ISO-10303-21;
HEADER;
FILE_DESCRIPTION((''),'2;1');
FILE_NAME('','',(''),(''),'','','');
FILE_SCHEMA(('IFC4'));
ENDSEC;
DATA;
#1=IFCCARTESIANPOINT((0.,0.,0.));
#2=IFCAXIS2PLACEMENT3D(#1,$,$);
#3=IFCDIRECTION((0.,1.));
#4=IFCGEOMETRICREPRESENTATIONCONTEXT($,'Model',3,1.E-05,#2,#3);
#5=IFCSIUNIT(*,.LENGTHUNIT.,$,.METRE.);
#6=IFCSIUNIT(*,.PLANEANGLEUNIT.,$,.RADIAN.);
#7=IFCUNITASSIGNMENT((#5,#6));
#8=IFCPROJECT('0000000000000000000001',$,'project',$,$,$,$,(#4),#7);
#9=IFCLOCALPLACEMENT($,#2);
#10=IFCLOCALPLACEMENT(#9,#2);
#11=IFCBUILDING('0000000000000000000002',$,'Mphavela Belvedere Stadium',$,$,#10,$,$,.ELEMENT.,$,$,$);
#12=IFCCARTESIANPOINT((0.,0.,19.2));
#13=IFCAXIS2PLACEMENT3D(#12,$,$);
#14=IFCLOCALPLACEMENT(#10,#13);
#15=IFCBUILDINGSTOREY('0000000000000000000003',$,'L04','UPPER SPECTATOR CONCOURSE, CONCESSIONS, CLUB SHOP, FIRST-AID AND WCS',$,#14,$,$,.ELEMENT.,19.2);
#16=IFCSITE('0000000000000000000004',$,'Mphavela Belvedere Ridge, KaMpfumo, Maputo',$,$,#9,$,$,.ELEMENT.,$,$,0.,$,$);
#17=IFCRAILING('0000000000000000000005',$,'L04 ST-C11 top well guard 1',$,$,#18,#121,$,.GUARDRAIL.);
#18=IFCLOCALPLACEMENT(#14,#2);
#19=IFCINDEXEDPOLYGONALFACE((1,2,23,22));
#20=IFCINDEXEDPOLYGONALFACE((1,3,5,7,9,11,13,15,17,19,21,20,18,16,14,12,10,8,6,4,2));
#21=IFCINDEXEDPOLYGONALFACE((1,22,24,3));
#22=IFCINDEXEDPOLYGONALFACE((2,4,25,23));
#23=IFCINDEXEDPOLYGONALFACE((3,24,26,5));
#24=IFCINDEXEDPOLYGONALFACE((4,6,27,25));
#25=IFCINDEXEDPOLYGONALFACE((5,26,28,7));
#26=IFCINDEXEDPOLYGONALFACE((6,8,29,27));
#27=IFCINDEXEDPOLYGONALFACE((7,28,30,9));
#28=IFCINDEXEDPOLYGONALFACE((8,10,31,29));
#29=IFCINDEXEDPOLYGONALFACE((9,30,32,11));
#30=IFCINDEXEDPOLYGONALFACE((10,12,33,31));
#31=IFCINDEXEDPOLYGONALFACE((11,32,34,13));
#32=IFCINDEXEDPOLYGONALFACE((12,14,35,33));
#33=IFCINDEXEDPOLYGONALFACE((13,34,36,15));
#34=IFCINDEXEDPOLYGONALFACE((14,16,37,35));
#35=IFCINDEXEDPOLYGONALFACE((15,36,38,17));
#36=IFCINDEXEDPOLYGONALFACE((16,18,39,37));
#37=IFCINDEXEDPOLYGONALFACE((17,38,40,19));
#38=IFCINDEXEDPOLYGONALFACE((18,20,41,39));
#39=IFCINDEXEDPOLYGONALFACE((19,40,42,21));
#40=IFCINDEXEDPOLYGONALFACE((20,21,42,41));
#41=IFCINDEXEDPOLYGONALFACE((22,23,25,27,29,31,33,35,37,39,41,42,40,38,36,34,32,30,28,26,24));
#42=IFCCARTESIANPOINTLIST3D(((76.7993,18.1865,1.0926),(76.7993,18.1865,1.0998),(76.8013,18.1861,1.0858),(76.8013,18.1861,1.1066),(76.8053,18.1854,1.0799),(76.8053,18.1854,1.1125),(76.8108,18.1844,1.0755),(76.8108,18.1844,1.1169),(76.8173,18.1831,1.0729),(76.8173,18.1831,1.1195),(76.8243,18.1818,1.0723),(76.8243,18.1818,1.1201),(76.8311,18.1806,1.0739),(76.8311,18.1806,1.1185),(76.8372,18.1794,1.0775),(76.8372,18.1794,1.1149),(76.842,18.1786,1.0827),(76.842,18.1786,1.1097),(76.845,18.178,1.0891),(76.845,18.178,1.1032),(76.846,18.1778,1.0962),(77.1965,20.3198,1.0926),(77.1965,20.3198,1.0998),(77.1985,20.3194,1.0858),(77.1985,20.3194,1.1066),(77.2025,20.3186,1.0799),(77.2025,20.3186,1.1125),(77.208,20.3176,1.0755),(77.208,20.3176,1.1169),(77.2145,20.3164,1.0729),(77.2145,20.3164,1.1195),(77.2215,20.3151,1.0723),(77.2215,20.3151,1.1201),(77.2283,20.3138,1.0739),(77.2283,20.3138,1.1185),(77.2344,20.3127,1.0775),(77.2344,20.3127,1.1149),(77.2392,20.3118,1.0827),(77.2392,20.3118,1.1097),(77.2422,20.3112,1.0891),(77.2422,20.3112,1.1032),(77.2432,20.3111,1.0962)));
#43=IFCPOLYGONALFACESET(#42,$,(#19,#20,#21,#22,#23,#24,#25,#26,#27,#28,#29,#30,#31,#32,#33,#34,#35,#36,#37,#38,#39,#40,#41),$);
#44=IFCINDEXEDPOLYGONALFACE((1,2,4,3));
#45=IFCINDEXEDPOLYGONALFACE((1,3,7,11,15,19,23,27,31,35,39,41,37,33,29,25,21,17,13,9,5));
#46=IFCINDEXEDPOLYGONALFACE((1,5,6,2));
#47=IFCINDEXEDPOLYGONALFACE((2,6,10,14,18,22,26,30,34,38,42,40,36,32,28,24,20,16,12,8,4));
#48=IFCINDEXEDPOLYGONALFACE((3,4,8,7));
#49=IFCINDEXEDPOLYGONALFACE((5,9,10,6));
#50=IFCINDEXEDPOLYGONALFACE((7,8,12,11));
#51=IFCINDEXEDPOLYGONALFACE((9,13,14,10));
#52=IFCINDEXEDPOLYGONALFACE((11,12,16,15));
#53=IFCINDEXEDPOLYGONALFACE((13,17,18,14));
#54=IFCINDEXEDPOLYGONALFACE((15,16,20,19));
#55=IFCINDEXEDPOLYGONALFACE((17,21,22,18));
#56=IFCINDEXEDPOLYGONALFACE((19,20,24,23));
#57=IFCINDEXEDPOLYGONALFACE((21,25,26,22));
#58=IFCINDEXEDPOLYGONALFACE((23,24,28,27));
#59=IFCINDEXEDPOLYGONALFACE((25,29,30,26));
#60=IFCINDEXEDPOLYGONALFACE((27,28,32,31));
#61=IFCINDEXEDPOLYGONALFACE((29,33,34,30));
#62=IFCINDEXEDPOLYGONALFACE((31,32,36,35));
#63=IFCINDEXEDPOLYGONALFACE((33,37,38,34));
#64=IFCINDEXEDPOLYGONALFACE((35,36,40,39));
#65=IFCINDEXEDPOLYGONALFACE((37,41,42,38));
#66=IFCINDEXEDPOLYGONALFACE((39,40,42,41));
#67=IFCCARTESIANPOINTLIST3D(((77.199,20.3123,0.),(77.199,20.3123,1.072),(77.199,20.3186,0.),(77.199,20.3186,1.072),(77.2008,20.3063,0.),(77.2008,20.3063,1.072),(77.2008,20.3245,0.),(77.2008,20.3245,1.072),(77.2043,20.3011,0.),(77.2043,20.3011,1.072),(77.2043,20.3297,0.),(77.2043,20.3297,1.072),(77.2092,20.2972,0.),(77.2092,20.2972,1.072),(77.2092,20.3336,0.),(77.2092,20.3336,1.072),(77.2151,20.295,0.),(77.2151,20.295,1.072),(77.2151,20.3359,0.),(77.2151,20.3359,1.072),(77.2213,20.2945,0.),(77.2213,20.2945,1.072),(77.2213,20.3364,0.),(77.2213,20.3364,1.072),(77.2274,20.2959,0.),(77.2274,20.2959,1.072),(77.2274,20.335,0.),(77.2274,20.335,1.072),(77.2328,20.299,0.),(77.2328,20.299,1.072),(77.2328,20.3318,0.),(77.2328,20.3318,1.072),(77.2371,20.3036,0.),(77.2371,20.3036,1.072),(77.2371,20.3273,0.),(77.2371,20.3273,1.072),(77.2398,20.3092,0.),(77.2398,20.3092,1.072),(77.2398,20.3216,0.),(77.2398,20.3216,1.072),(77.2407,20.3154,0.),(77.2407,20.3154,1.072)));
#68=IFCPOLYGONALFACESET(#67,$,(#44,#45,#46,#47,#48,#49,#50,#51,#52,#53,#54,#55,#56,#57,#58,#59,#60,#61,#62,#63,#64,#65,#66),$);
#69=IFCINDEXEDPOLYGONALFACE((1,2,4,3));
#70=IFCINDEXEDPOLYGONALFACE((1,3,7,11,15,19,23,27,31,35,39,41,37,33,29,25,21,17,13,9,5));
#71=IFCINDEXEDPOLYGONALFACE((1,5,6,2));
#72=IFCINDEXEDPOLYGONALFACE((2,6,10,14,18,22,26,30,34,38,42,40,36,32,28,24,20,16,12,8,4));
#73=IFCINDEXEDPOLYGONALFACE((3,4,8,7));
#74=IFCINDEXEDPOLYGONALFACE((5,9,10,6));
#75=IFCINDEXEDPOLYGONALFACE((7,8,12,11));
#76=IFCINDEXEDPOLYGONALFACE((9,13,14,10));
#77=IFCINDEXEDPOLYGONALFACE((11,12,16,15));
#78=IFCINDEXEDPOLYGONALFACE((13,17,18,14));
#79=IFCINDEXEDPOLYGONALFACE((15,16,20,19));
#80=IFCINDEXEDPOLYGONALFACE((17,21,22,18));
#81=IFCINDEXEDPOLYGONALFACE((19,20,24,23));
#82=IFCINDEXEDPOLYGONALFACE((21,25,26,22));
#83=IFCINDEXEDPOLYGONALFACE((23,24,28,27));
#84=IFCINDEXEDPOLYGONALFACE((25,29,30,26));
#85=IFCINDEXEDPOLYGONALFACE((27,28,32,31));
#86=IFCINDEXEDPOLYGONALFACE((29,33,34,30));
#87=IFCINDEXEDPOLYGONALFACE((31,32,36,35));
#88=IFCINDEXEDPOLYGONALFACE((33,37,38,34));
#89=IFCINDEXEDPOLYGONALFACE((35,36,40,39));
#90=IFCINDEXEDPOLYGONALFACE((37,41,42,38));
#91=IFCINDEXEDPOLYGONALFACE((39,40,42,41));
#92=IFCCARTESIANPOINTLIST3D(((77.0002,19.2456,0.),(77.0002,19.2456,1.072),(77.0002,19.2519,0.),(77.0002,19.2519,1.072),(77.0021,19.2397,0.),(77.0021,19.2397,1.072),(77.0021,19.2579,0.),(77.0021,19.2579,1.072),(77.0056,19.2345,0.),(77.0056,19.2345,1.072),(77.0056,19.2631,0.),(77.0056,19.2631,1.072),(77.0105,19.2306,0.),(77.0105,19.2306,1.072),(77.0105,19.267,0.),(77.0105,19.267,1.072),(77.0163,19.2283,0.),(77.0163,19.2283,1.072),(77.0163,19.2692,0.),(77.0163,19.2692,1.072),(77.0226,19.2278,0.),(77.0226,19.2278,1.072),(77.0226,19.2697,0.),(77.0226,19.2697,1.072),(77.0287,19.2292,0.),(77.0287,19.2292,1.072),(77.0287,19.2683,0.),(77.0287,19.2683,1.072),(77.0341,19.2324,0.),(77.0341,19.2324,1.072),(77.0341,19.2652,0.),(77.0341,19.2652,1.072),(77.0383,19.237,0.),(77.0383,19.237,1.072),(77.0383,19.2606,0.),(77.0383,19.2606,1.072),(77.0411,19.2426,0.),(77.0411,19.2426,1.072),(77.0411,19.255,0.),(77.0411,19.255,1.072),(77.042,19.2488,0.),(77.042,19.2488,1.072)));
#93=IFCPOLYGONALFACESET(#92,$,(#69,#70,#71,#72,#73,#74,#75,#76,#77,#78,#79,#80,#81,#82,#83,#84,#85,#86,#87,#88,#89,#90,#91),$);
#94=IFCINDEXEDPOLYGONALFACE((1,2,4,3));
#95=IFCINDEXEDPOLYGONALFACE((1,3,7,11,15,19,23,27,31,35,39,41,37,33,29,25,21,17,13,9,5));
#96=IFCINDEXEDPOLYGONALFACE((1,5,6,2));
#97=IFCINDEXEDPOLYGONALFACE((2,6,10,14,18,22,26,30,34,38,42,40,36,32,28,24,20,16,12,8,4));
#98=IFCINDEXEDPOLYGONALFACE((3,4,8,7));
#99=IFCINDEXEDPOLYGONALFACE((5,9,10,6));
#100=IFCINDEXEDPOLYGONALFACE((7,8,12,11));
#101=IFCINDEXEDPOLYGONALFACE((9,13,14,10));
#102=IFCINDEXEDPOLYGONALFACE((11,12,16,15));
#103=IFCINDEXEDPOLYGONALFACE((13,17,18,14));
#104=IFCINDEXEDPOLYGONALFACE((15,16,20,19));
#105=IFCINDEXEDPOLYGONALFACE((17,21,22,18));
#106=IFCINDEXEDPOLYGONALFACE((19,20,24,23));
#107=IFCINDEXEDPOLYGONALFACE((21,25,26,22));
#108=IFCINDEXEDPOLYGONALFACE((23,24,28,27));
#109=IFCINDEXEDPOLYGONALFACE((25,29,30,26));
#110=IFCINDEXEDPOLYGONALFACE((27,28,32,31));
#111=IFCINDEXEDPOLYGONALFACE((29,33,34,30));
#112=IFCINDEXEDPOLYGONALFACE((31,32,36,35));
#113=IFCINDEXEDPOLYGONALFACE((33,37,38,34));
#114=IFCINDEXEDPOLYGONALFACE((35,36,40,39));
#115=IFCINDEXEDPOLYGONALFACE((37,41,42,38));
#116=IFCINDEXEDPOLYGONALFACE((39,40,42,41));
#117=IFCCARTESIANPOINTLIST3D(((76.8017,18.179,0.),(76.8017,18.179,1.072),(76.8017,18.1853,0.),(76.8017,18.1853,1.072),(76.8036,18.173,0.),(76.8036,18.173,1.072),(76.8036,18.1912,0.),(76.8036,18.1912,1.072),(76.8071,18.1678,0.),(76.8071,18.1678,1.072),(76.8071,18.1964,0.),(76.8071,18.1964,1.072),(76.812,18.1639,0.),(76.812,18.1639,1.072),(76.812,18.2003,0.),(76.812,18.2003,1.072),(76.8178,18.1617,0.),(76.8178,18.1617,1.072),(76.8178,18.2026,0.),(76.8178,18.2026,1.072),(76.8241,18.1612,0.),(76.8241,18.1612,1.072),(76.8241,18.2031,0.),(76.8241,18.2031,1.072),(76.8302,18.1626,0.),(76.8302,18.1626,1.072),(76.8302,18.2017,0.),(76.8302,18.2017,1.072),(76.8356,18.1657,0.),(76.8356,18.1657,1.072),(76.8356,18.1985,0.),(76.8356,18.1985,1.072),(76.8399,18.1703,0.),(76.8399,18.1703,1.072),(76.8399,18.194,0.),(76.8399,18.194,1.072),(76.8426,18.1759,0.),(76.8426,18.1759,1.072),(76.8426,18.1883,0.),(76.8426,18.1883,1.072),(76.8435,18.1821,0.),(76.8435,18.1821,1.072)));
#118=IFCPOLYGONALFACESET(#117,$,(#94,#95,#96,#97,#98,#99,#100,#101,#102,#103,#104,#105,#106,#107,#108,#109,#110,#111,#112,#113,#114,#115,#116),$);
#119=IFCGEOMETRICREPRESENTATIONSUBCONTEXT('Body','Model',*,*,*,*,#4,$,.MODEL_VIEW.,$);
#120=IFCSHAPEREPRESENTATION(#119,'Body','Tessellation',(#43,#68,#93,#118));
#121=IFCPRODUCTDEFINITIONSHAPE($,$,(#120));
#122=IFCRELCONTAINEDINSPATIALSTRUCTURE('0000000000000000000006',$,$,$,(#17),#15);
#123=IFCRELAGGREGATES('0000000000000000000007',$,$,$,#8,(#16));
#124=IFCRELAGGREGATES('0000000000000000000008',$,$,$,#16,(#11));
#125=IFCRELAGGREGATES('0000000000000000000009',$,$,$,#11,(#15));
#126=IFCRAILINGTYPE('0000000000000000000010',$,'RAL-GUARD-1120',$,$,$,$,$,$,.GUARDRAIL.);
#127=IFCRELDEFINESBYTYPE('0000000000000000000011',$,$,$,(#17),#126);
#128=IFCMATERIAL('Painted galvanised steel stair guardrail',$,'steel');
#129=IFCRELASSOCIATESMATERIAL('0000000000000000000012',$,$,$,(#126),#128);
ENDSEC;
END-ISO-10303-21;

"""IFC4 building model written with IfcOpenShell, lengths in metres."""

from ifc_helpers import new_model, si_unit, direction, frame, origin, origin_2d, place, context, subcontext, project, spatial, circle, extrude, material, type_object, element, save


model = new_model("IFC4")

# Units and contexts
model_context = context("Model", 3, precision=1e-05, world=origin(), true_north=direction((0.0, 1.0)))
body_context = subcontext(model_context, "Body", "Model", "MODEL_VIEW")
ifc_project = project(units=[si_unit("LENGTHUNIT", "METRE"), si_unit("PLANEANGLEUNIT", "RADIAN")], contexts=[model_context])

# Site, building, storey
site_placement = place(None, origin())
site = spatial("IfcSite", under=ifc_project, at=site_placement, Name="Mphavela Belvedere Ridge, KaMpfumo, Maputo", CompositionType="ELEMENT", RefElevation=0.0)
building_placement = place(site_placement, origin())
building = spatial("IfcBuilding", under=site, at=building_placement, Name="Mphavela Belvedere Stadium", CompositionType="ELEMENT")
storey_placement = place(building_placement, frame((0.0, 0.0, 19.2)))
storey = spatial("IfcBuildingStorey", under=building, at=storey_placement, Name="L04", Description="UPPER SPECTATOR CONCOURSE, CONCESSIONS, CLUB SHOP, FIRST-AID AND WCS", CompositionType="ELEMENT", Elevation=19.2)

# Railing
ifc_material_1 = material(Name="Painted galvanised steel stair guardrail", Category="steel")
railing_type = type_object("IfcRailingType", Name="RAL-GUARD-1120", PredefinedType="GUARDRAIL", material=ifc_material_1)
railing_placement = place(storey_placement, frame((77.2197, 20.3154, 0.0)))
element("IfcRailing", 1, at=railing_placement, inside=storey, type_object=railing_type, Name="L04 ST-C11 top well guard 1", PredefinedType="GUARDRAIL", context=body_context, shape_type="SweptSolid", body=[
    extrude(circle(Radius=0.0239, at=origin_2d()), frame((0.0, 0.0, 1.0962), z_axis=(-0.183052, -0.983103, 0.0), x_axis=(0.983103, -0.183052, 0.0)), (0.0, 0.0, 1.0), 2.1699),
    extrude(circle(Radius=0.021, at=origin_2d()), origin(), (0.0, 0.0, 1.0), 1.072),
    extrude(circle(Radius=0.021, at=origin_2d()), frame((-0.1987, -1.0667, 0.0)), (0.0, 0.0, 1.0), 1.072),
    extrude(circle(Radius=0.021, at=origin_2d()), frame((-0.3972, -2.1333, 0.0)), (0.0, 0.0, 1.0), 1.072),
])

save(model, "model.ifc")
